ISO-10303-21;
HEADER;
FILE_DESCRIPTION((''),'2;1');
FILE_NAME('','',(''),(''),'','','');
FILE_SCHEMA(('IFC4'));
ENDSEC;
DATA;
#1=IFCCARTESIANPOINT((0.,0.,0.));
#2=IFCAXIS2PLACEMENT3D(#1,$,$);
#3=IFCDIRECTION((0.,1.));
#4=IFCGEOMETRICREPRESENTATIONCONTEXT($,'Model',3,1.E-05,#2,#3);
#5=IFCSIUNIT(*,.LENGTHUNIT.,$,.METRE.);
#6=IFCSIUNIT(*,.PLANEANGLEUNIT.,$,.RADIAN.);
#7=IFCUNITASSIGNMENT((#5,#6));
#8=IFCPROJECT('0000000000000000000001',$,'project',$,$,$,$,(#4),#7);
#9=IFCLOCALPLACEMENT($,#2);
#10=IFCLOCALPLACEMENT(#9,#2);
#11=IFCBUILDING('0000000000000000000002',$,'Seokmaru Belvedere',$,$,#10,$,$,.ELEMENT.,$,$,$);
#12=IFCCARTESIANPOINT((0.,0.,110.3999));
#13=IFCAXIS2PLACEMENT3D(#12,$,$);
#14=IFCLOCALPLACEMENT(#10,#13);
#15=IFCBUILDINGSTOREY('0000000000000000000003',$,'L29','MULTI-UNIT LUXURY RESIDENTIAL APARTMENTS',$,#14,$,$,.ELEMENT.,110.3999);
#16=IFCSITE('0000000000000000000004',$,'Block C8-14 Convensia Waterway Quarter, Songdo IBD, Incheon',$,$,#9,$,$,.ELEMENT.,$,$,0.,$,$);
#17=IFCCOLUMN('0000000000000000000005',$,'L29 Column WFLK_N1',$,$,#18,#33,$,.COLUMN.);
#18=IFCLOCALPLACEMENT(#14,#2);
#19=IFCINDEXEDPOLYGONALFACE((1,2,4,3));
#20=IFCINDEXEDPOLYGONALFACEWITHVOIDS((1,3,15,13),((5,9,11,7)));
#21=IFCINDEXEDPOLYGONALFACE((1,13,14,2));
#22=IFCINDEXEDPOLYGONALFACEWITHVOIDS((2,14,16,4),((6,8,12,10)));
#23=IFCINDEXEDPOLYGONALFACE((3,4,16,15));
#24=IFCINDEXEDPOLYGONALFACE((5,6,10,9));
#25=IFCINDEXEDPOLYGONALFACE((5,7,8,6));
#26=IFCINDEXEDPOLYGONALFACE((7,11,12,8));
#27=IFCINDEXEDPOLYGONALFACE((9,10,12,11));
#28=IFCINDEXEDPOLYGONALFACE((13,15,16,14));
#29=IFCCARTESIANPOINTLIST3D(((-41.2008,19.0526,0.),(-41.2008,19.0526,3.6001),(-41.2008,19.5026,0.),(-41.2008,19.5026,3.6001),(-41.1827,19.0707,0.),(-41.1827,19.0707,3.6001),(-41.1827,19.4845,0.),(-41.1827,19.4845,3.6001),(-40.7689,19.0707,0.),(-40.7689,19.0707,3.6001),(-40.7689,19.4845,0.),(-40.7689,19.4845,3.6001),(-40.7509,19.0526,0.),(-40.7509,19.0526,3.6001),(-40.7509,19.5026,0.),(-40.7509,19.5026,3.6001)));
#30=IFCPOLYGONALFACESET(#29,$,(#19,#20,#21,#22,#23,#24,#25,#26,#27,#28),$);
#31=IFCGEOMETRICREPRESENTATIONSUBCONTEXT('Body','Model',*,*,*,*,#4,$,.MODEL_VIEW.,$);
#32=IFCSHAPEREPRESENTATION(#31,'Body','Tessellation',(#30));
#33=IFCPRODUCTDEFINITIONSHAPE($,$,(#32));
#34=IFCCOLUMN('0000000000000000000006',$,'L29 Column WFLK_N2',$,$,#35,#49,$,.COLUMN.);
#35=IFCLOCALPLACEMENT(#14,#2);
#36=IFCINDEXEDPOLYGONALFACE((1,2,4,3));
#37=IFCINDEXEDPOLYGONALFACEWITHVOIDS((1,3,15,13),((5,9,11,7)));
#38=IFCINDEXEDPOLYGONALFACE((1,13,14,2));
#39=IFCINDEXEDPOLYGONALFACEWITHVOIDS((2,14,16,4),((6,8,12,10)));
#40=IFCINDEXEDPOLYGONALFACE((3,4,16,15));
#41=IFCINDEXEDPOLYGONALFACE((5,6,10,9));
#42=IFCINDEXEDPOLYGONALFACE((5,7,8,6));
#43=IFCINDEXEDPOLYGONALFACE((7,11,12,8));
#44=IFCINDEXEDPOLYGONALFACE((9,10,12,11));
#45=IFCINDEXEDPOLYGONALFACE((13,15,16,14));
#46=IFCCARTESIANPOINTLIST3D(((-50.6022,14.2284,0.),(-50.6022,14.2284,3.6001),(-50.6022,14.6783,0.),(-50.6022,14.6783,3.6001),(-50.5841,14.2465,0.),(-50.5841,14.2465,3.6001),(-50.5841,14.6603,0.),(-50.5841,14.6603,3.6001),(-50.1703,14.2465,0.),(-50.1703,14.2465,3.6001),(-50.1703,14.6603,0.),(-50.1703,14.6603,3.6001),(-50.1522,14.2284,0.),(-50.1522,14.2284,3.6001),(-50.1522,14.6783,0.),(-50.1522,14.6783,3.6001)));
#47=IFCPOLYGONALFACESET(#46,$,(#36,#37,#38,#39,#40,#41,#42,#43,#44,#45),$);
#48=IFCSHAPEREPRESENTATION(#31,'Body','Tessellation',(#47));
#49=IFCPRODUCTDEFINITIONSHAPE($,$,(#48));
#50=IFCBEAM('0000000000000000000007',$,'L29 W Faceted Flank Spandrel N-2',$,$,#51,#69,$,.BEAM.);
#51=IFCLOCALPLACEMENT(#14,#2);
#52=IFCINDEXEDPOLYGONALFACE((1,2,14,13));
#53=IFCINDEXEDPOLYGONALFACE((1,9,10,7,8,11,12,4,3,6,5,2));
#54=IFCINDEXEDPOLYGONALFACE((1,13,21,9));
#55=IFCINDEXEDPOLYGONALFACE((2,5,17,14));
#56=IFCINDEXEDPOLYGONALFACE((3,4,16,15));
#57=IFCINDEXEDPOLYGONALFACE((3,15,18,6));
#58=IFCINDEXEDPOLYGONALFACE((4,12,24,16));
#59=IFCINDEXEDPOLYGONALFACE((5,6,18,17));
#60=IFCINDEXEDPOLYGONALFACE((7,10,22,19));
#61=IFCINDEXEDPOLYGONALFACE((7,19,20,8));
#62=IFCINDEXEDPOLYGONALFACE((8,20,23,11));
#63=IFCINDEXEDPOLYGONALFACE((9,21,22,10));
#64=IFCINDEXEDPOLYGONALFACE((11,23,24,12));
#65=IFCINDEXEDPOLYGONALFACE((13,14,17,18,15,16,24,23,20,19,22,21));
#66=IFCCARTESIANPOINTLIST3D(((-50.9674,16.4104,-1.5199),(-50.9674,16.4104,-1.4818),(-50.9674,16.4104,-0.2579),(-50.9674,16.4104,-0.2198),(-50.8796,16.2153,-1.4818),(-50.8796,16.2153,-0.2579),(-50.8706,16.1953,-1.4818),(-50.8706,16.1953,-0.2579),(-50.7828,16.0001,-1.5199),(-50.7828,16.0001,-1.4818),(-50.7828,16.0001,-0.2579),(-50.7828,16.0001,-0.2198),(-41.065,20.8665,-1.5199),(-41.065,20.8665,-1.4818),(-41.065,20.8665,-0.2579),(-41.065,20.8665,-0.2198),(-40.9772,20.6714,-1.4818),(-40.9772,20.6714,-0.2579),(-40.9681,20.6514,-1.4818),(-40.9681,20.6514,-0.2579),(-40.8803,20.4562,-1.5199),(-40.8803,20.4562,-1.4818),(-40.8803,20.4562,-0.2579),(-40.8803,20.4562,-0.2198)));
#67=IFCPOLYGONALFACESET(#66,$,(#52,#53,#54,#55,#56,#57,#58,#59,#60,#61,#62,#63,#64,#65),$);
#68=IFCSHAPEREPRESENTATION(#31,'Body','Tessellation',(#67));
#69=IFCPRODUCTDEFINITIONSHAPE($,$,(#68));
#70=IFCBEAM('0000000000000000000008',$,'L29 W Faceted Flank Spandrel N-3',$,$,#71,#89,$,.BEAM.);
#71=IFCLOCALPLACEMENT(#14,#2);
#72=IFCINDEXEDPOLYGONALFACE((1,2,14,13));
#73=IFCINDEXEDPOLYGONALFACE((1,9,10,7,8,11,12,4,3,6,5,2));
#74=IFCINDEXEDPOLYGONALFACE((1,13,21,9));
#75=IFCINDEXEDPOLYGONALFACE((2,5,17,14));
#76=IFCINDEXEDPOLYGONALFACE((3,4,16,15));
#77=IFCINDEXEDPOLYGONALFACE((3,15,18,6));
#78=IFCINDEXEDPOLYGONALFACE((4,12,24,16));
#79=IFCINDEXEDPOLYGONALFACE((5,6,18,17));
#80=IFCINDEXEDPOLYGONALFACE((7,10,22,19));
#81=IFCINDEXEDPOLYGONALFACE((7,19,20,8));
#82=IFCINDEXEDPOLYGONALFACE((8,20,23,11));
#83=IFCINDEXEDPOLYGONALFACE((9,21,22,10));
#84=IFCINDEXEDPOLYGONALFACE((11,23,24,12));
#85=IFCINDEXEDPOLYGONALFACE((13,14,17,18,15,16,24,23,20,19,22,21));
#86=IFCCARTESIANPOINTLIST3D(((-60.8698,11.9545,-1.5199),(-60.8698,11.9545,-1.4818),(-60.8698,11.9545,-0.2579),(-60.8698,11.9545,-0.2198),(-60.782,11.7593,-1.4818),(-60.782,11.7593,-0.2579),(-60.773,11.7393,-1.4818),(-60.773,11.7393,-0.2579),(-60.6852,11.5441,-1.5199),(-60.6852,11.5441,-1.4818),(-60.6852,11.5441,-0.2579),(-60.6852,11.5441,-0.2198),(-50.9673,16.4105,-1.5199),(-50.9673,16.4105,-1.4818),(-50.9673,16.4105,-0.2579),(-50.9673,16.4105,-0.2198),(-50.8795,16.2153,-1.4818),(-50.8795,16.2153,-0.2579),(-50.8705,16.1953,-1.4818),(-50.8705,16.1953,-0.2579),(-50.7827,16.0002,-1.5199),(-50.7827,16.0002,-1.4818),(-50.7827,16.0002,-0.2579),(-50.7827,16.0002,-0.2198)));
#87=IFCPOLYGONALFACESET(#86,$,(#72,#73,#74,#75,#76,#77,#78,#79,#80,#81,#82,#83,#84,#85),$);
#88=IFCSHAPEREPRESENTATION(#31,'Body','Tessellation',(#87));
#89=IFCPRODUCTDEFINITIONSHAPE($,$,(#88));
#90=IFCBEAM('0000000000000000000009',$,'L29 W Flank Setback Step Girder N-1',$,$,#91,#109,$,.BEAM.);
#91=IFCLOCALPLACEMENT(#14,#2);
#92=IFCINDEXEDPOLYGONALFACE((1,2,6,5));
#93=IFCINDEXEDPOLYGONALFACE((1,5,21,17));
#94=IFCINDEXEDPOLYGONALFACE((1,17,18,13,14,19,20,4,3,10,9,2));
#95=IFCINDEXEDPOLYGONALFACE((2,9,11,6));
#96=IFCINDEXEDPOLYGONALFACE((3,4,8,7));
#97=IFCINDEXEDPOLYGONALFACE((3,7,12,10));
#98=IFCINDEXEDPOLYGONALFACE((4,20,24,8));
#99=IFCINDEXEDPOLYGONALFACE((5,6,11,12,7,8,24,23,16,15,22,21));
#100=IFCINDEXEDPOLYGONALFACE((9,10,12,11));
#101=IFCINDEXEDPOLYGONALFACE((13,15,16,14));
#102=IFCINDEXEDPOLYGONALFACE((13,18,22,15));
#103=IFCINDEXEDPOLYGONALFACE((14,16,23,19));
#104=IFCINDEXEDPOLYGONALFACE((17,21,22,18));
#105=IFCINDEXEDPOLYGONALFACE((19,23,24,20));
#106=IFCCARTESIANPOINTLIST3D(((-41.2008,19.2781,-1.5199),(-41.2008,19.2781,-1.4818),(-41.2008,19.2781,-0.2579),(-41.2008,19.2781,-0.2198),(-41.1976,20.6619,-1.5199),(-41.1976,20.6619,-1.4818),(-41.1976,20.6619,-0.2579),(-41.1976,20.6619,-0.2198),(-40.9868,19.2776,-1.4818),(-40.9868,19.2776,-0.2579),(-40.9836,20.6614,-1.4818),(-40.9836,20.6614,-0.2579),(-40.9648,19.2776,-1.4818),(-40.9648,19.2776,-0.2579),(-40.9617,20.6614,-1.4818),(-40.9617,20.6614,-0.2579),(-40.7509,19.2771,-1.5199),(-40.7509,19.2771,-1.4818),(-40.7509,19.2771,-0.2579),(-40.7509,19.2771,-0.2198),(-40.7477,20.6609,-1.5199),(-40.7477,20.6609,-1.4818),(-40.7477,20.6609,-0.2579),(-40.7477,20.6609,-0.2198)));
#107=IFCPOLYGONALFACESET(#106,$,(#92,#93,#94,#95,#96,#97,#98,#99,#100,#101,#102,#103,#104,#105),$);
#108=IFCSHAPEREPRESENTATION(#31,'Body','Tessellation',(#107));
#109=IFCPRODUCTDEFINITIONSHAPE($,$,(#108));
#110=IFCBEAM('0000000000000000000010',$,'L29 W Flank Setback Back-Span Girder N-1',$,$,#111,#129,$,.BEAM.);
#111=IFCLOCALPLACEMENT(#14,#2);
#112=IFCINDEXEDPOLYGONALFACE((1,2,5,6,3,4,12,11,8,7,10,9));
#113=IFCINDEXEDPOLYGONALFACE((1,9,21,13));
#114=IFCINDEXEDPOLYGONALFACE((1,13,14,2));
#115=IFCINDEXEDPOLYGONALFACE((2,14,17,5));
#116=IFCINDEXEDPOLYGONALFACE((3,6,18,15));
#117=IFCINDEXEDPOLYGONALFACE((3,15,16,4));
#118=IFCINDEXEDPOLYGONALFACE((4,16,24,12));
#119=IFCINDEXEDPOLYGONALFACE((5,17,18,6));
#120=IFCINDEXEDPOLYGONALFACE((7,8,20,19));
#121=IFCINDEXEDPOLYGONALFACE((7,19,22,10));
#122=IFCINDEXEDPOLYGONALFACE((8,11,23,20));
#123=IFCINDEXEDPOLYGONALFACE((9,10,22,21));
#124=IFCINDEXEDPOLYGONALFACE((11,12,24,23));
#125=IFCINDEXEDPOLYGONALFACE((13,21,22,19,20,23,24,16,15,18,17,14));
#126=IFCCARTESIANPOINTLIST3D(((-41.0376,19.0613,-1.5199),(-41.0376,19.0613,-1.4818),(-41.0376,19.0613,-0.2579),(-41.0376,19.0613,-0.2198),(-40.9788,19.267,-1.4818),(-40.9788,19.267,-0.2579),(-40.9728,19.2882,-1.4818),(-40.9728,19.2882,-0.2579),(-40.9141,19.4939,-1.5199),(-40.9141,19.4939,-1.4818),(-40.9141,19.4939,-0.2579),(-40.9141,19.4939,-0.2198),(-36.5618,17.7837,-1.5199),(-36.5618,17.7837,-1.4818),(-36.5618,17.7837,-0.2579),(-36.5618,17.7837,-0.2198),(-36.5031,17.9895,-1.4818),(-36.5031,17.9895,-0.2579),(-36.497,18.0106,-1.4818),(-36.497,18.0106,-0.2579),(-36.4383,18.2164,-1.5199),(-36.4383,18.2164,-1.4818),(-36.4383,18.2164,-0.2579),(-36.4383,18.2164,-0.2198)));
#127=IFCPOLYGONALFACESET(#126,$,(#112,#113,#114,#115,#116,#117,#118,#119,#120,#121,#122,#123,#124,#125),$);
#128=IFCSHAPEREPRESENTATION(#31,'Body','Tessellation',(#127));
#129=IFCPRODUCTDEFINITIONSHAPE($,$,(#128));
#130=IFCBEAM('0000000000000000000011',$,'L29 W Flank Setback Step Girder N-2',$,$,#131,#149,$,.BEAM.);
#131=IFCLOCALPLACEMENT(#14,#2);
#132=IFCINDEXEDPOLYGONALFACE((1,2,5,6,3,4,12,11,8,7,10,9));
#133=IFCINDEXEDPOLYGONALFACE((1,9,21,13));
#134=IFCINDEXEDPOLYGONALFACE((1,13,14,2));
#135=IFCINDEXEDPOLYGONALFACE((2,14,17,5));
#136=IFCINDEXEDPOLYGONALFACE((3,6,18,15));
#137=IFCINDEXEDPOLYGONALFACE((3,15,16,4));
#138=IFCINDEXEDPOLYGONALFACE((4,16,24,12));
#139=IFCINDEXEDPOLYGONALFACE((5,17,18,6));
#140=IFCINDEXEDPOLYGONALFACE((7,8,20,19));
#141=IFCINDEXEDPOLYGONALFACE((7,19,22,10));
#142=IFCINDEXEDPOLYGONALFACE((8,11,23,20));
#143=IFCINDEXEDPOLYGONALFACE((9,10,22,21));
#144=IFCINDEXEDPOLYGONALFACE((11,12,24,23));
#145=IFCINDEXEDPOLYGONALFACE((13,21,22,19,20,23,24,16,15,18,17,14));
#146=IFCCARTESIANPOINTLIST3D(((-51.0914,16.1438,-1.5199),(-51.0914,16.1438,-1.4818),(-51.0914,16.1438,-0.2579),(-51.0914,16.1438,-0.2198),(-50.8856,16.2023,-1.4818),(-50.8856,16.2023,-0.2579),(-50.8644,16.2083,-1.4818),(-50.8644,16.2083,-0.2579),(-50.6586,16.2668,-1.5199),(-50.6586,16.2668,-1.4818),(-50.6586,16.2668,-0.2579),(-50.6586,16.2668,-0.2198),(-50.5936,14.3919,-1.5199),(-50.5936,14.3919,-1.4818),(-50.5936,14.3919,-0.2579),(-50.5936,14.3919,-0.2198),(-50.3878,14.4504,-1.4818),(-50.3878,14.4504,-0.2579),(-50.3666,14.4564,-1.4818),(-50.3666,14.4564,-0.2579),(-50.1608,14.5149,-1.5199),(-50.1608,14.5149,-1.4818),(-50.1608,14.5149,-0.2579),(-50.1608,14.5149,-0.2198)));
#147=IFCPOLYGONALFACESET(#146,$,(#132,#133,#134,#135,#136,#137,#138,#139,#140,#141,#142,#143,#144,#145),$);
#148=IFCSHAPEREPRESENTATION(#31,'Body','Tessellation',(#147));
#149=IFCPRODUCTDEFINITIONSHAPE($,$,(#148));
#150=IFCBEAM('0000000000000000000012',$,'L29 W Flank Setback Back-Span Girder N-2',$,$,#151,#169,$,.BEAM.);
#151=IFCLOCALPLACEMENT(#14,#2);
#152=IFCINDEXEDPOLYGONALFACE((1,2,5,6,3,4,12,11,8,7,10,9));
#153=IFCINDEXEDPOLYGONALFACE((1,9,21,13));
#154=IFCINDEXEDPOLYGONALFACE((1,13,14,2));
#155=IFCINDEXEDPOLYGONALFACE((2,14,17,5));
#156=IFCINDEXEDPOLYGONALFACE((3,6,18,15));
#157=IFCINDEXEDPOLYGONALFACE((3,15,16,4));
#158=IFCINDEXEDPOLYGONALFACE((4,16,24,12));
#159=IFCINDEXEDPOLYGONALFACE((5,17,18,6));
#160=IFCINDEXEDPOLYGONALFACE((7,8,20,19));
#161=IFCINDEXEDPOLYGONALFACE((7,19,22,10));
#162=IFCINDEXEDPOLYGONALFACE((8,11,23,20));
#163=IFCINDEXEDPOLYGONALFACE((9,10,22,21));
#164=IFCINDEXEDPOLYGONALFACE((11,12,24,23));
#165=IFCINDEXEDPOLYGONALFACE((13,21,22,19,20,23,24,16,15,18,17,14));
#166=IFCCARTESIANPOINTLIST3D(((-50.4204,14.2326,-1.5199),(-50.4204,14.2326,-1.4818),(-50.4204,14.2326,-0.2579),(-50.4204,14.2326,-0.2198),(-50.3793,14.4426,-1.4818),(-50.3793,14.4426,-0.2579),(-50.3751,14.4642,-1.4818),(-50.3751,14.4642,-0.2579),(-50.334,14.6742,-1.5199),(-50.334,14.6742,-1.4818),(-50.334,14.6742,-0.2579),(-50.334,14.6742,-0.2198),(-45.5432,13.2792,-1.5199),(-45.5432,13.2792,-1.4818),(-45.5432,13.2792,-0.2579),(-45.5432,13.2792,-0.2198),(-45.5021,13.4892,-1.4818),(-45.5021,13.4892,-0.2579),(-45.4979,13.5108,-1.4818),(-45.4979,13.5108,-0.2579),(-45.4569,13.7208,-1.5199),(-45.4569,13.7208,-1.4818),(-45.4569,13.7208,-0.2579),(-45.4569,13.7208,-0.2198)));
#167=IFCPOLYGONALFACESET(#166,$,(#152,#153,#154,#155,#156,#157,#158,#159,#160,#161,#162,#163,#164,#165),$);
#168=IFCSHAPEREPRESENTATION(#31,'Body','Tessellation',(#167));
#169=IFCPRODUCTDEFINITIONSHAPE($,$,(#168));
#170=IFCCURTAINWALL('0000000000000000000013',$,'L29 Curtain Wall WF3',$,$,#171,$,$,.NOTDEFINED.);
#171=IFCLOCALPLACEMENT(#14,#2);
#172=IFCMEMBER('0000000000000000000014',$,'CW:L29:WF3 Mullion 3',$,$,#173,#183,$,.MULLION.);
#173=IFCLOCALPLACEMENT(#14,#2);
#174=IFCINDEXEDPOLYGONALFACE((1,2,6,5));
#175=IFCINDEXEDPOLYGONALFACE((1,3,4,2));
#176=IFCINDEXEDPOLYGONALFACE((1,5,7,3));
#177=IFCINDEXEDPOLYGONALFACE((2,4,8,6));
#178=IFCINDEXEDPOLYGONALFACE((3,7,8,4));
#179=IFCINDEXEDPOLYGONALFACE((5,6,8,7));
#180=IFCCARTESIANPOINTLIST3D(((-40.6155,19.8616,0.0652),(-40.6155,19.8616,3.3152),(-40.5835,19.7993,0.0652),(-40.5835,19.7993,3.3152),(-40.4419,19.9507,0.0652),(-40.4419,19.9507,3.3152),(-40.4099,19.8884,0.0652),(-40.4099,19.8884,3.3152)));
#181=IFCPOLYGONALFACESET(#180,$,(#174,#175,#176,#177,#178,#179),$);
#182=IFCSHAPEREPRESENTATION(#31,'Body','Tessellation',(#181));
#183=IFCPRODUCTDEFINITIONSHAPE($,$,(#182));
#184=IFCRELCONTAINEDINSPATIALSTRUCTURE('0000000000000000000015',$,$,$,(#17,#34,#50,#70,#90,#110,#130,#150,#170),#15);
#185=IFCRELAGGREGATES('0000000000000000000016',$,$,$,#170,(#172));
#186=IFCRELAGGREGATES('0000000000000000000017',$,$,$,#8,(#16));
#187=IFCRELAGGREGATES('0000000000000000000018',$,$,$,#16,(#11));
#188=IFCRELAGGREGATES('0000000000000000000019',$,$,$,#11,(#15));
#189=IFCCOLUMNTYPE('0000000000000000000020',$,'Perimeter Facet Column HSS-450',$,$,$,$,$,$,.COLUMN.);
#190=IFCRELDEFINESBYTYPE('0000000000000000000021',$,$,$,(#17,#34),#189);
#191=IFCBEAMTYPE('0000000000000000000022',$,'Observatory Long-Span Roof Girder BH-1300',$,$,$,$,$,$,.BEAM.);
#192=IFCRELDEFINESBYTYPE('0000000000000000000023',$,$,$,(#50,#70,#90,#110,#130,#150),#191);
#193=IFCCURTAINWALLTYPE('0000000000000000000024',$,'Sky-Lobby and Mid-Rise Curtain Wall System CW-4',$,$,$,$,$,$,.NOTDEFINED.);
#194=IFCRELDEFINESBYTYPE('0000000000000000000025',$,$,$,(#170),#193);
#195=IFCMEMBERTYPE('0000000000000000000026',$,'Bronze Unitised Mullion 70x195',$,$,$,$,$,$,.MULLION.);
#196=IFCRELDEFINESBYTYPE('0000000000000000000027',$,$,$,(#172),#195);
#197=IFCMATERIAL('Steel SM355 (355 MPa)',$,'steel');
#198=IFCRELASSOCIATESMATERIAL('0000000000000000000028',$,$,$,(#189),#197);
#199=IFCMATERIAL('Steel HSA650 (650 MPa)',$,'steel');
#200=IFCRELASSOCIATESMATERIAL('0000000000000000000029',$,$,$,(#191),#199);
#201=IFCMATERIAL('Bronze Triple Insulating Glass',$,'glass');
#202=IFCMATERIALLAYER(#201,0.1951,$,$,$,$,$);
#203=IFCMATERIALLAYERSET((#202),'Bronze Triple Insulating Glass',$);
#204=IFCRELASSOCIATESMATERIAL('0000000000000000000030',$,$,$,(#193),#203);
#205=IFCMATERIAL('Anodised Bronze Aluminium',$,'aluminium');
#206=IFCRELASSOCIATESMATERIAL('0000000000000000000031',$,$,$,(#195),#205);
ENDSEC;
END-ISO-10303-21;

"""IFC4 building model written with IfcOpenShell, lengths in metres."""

from ifc_helpers import new_model, si_unit, direction, frame, origin, origin_2d, place, context, subcontext, project, spatial, rectangle, hollow_rectangle, i_section, extrude, source, transform, mapped, material, layer, layer_set, material_profile, profile_set, type_object, type_shapes, element, aggregate, save


model = new_model("IFC4")

# Units and contexts
model_context = context("Model", 3, precision=1e-05, world=origin(), true_north=direction((0.0, 1.0)))
body_context = subcontext(model_context, "Body", "Model", "MODEL_VIEW")
ifc_project = project(units=[si_unit("LENGTHUNIT", "METRE"), si_unit("PLANEANGLEUNIT", "RADIAN")], contexts=[model_context])

# Site, building, storey
site_placement = place(None, origin())
site = spatial("IfcSite", under=ifc_project, at=site_placement, Name="Block C8-14 Convensia Waterway Quarter, Songdo IBD, Incheon", CompositionType="ELEMENT", RefElevation=0.0)
building_placement = place(site_placement, origin())
building = spatial("IfcBuilding", under=site, at=building_placement, Name="Seokmaru Belvedere", CompositionType="ELEMENT")
storey_placement = place(building_placement, frame((0.0, 0.0, 110.3999)))
storey = spatial("IfcBuildingStorey", under=building, at=storey_placement, Name="L29", Description="MULTI-UNIT LUXURY RESIDENTIAL APARTMENTS", CompositionType="ELEMENT", Elevation=110.3999)

# Columns
ifc_material_1 = material(Name="Steel SM355 (355 MPa)", Category="steel")
ifc_material_profile_1 = material_profile(ifc_material_1, hollow_rectangle(XDim=0.45, YDim=0.45, WallThickness=0.0181, at=origin_2d()), Name="HSS-450x450x18")
ifc_profile_set_1 = profile_set([ifc_material_profile_1], Name="Steel SM355 (355 MPa)")
column_type = type_object("IfcColumnType", Name="Perimeter Facet Column HSS-450", PredefinedType="COLUMN", material=ifc_profile_set_1)
shared_shape_1 = source(origin(), body_context, "Body", "SweptSolid", [
    extrude(hollow_rectangle(XDim=0.45, YDim=0.45, WallThickness=0.0181, at=origin_2d()), origin(), (0.0, 0.0, 1.0), 3.6001),
])
type_shapes(column_type, [shared_shape_1])
for number, where, z_axis, x_axis, name in (
    (1, (-40.9758, 19.2776, 0.0), (0.0, 0.0, 1.0), (1.0, 0.0, 0.0), "L29 Column WFLK_N1"),
    (2, (-50.3772, 14.4534, 0.0), (0.0, 0.0, 1.0), (1.0, 0.0, 0.0), "L29 Column WFLK_N2"),
):
    element("IfcColumn", number, at=place(storey_placement, frame(where, z_axis=z_axis, x_axis=x_axis)), inside=storey, type_object=column_type, Name=name, PredefinedType="COLUMN", context=body_context, shape_type="MappedRepresentation", body=[
        mapped(shared_shape_1, transform((0.0, 0.0, 0.0), scale=1.0)),
    ])

# Beams
ifc_material_2 = material(Name="Steel HSA650 (650 MPa)", Category="steel")
ifc_material_profile_2 = material_profile(ifc_material_2, i_section(OverallWidth=0.45, OverallDepth=1.3, WebThickness=0.022, FlangeThickness=0.0381, at=origin_2d()), Name="BH-1300x450x22x38")
ifc_profile_set_2 = profile_set([ifc_material_profile_2], Name="Steel HSA650 (650 MPa)")
beam_type = type_object("IfcBeamType", Name="Observatory Long-Span Roof Girder BH-1300", PredefinedType="BEAM", material=ifc_profile_set_2)
shared_shape_2 = source(origin(), body_context, "Body", "SweptSolid", [
    extrude(i_section(OverallWidth=0.45, OverallDepth=1.3, WebThickness=0.022, FlangeThickness=0.0381, at=origin_2d()), origin(), (0.0, 0.0, 1.0), 10.8589),
])
for number, where, z_axis, x_axis, name in (
    (3, (-40.9727, 20.6614, -0.8699), (-0.911922, -0.410365, 0.0), (0.410365, -0.911922, 0.0), "L29 W Faceted Flank Spandrel N-2"),
    (4, (-50.875, 16.2053, -0.8699), (-0.911925, -0.410356, 0.0), (0.410356, -0.911925, 0.0), "L29 W Faceted Flank Spandrel N-3"),
):
    element("IfcBeam", number, at=place(storey_placement, frame(where, z_axis=z_axis, x_axis=x_axis)), inside=storey, type_object=beam_type, Name=name, PredefinedType="BEAM", context=body_context, shape_type="MappedRepresentation", body=[
        mapped(shared_shape_2, transform((0.0, 0.0, 0.0), scale=1.0)),
    ])
shared_shape_3 = source(origin(), body_context, "Body", "SweptSolid", [
    extrude(i_section(OverallWidth=0.45, OverallDepth=1.3, WebThickness=0.022, FlangeThickness=0.0381, at=origin_2d()), origin(), (0.0, 0.0, 1.0), 1.3838),
])
beam_1_placement = place(storey_placement, frame((-40.9727, 20.6614, -0.8699), z_axis=(-0.002294, -0.999997, 0.0), x_axis=(0.999997, -0.002294, 0.0)))
element("IfcBeam", 5, at=beam_1_placement, inside=storey, type_object=beam_type, Name="L29 W Flank Setback Step Girder N-1", PredefinedType="BEAM", context=body_context, shape_type="MappedRepresentation", body=[
    mapped(shared_shape_3, transform((0.0, 0.0, 0.0), scale=1.0)),
])
shared_shape_4 = source(origin(), body_context, "Body", "SweptSolid", [
    extrude(i_section(OverallWidth=0.45, OverallDepth=1.3, WebThickness=0.022, FlangeThickness=0.0381, at=origin_2d()), origin(), (0.0, 0.0, 1.0), 4.6545),
])
beam_2_placement = place(storey_placement, frame((-40.9758, 19.2776, -0.8699), z_axis=(0.961593, -0.274479, 0.0), x_axis=(0.274479, 0.961593, 0.0)))
element("IfcBeam", 6, at=beam_2_placement, inside=storey, type_object=beam_type, Name="L29 W Flank Setback Back-Span Girder N-1", PredefinedType="BEAM", context=body_context, shape_type="MappedRepresentation", body=[
    mapped(shared_shape_4, transform((0.0, 0.0, 0.0), scale=1.0)),
])
shared_shape_5 = source(origin(), body_context, "Body", "SweptSolid", [
    extrude(i_section(OverallWidth=0.45, OverallDepth=1.3, WebThickness=0.022, FlangeThickness=0.0381, at=origin_2d()), origin(), (0.0, 0.0, 1.0), 1.8213),
])
beam_3_placement = place(storey_placement, frame((-50.875, 16.2053, -0.8699), z_axis=(0.273322, -0.961923, 0.0), x_axis=(0.961923, 0.273322, 0.0)))
element("IfcBeam", 7, at=beam_3_placement, inside=storey, type_object=beam_type, Name="L29 W Flank Setback Step Girder N-2", PredefinedType="BEAM", context=body_context, shape_type="MappedRepresentation", body=[
    mapped(shared_shape_5, transform((0.0, 0.0, 0.0), scale=1.0)),
])
shared_shape_6 = source(origin(), body_context, "Body", "SweptSolid", [
    extrude(i_section(OverallWidth=0.45, OverallDepth=1.3, WebThickness=0.022, FlangeThickness=0.0381, at=origin_2d()), origin(), (0.0, 0.0, 1.0), 4.9695),
])
type_shapes(beam_type, [shared_shape_2, shared_shape_3, shared_shape_4, shared_shape_5, shared_shape_6])
beam_4_placement = place(storey_placement, frame((-50.3772, 14.4534, -0.8699), z_axis=(0.981425, -0.191844, 0.0), x_axis=(0.191844, 0.981425, 0.0)))
element("IfcBeam", 8, at=beam_4_placement, inside=storey, type_object=beam_type, Name="L29 W Flank Setback Back-Span Girder N-2", PredefinedType="BEAM", context=body_context, shape_type="MappedRepresentation", body=[
    mapped(shared_shape_6, transform((0.0, 0.0, 0.0), scale=1.0)),
])

# Curtain wall, member
ifc_material_3 = material(Name="Bronze Triple Insulating Glass", Category="glass")
ifc_layer_1 = layer(ifc_material_3, 0.1951)
ifc_layer_set_1 = layer_set([ifc_layer_1], Name="Bronze Triple Insulating Glass")
curtain_wall_type = type_object("IfcCurtainWallType", Name="Sky-Lobby and Mid-Rise Curtain Wall System CW-4", PredefinedType="NOTDEFINED", material=ifc_layer_set_1)
curtain_wall_placement = place(storey_placement, origin())
curtain_wall = element("IfcCurtainWall", 9, at=curtain_wall_placement, inside=storey, type_object=curtain_wall_type, Name="L29 Curtain Wall WF3", PredefinedType="NOTDEFINED")
ifc_material_4 = material(Name="Anodised Bronze Aluminium", Category="aluminium")
ifc_material_profile_3 = material_profile(ifc_material_4, rectangle(XDim=0.0701, YDim=0.1951, at=origin_2d()), Name="CW-M-70x195")
ifc_profile_set_3 = profile_set([ifc_material_profile_3], Name="Anodised Bronze Aluminium")
member_type = type_object("IfcMemberType", Name="Bronze Unitised Mullion 70x195", PredefinedType="MULLION", material=ifc_profile_set_3)
shared_shape_7 = source(origin(), body_context, "Body", "SweptSolid", [
    extrude(rectangle(XDim=0.0701, YDim=0.1951, at=origin_2d()), origin(), (0.0, 0.0, 1.0), 3.25),
])
type_shapes(member_type, [shared_shape_7])
member_1_placement = place(storey_placement, frame((-40.5127, 19.875, 0.0652), z_axis=(0.0, 0.0, 1.0), x_axis=(0.456555, -0.889695, 0.0)))
member_1 = element("IfcMember", 10, at=member_1_placement, type_object=member_type, Name="CW:L29:WF3 Mullion 3", PredefinedType="MULLION", context=body_context, shape_type="MappedRepresentation", body=[
    mapped(shared_shape_7, transform((0.0, 0.0, 0.0), scale=1.0)),
])
aggregate(curtain_wall, [member_1])

save(model, "model.ifc")
